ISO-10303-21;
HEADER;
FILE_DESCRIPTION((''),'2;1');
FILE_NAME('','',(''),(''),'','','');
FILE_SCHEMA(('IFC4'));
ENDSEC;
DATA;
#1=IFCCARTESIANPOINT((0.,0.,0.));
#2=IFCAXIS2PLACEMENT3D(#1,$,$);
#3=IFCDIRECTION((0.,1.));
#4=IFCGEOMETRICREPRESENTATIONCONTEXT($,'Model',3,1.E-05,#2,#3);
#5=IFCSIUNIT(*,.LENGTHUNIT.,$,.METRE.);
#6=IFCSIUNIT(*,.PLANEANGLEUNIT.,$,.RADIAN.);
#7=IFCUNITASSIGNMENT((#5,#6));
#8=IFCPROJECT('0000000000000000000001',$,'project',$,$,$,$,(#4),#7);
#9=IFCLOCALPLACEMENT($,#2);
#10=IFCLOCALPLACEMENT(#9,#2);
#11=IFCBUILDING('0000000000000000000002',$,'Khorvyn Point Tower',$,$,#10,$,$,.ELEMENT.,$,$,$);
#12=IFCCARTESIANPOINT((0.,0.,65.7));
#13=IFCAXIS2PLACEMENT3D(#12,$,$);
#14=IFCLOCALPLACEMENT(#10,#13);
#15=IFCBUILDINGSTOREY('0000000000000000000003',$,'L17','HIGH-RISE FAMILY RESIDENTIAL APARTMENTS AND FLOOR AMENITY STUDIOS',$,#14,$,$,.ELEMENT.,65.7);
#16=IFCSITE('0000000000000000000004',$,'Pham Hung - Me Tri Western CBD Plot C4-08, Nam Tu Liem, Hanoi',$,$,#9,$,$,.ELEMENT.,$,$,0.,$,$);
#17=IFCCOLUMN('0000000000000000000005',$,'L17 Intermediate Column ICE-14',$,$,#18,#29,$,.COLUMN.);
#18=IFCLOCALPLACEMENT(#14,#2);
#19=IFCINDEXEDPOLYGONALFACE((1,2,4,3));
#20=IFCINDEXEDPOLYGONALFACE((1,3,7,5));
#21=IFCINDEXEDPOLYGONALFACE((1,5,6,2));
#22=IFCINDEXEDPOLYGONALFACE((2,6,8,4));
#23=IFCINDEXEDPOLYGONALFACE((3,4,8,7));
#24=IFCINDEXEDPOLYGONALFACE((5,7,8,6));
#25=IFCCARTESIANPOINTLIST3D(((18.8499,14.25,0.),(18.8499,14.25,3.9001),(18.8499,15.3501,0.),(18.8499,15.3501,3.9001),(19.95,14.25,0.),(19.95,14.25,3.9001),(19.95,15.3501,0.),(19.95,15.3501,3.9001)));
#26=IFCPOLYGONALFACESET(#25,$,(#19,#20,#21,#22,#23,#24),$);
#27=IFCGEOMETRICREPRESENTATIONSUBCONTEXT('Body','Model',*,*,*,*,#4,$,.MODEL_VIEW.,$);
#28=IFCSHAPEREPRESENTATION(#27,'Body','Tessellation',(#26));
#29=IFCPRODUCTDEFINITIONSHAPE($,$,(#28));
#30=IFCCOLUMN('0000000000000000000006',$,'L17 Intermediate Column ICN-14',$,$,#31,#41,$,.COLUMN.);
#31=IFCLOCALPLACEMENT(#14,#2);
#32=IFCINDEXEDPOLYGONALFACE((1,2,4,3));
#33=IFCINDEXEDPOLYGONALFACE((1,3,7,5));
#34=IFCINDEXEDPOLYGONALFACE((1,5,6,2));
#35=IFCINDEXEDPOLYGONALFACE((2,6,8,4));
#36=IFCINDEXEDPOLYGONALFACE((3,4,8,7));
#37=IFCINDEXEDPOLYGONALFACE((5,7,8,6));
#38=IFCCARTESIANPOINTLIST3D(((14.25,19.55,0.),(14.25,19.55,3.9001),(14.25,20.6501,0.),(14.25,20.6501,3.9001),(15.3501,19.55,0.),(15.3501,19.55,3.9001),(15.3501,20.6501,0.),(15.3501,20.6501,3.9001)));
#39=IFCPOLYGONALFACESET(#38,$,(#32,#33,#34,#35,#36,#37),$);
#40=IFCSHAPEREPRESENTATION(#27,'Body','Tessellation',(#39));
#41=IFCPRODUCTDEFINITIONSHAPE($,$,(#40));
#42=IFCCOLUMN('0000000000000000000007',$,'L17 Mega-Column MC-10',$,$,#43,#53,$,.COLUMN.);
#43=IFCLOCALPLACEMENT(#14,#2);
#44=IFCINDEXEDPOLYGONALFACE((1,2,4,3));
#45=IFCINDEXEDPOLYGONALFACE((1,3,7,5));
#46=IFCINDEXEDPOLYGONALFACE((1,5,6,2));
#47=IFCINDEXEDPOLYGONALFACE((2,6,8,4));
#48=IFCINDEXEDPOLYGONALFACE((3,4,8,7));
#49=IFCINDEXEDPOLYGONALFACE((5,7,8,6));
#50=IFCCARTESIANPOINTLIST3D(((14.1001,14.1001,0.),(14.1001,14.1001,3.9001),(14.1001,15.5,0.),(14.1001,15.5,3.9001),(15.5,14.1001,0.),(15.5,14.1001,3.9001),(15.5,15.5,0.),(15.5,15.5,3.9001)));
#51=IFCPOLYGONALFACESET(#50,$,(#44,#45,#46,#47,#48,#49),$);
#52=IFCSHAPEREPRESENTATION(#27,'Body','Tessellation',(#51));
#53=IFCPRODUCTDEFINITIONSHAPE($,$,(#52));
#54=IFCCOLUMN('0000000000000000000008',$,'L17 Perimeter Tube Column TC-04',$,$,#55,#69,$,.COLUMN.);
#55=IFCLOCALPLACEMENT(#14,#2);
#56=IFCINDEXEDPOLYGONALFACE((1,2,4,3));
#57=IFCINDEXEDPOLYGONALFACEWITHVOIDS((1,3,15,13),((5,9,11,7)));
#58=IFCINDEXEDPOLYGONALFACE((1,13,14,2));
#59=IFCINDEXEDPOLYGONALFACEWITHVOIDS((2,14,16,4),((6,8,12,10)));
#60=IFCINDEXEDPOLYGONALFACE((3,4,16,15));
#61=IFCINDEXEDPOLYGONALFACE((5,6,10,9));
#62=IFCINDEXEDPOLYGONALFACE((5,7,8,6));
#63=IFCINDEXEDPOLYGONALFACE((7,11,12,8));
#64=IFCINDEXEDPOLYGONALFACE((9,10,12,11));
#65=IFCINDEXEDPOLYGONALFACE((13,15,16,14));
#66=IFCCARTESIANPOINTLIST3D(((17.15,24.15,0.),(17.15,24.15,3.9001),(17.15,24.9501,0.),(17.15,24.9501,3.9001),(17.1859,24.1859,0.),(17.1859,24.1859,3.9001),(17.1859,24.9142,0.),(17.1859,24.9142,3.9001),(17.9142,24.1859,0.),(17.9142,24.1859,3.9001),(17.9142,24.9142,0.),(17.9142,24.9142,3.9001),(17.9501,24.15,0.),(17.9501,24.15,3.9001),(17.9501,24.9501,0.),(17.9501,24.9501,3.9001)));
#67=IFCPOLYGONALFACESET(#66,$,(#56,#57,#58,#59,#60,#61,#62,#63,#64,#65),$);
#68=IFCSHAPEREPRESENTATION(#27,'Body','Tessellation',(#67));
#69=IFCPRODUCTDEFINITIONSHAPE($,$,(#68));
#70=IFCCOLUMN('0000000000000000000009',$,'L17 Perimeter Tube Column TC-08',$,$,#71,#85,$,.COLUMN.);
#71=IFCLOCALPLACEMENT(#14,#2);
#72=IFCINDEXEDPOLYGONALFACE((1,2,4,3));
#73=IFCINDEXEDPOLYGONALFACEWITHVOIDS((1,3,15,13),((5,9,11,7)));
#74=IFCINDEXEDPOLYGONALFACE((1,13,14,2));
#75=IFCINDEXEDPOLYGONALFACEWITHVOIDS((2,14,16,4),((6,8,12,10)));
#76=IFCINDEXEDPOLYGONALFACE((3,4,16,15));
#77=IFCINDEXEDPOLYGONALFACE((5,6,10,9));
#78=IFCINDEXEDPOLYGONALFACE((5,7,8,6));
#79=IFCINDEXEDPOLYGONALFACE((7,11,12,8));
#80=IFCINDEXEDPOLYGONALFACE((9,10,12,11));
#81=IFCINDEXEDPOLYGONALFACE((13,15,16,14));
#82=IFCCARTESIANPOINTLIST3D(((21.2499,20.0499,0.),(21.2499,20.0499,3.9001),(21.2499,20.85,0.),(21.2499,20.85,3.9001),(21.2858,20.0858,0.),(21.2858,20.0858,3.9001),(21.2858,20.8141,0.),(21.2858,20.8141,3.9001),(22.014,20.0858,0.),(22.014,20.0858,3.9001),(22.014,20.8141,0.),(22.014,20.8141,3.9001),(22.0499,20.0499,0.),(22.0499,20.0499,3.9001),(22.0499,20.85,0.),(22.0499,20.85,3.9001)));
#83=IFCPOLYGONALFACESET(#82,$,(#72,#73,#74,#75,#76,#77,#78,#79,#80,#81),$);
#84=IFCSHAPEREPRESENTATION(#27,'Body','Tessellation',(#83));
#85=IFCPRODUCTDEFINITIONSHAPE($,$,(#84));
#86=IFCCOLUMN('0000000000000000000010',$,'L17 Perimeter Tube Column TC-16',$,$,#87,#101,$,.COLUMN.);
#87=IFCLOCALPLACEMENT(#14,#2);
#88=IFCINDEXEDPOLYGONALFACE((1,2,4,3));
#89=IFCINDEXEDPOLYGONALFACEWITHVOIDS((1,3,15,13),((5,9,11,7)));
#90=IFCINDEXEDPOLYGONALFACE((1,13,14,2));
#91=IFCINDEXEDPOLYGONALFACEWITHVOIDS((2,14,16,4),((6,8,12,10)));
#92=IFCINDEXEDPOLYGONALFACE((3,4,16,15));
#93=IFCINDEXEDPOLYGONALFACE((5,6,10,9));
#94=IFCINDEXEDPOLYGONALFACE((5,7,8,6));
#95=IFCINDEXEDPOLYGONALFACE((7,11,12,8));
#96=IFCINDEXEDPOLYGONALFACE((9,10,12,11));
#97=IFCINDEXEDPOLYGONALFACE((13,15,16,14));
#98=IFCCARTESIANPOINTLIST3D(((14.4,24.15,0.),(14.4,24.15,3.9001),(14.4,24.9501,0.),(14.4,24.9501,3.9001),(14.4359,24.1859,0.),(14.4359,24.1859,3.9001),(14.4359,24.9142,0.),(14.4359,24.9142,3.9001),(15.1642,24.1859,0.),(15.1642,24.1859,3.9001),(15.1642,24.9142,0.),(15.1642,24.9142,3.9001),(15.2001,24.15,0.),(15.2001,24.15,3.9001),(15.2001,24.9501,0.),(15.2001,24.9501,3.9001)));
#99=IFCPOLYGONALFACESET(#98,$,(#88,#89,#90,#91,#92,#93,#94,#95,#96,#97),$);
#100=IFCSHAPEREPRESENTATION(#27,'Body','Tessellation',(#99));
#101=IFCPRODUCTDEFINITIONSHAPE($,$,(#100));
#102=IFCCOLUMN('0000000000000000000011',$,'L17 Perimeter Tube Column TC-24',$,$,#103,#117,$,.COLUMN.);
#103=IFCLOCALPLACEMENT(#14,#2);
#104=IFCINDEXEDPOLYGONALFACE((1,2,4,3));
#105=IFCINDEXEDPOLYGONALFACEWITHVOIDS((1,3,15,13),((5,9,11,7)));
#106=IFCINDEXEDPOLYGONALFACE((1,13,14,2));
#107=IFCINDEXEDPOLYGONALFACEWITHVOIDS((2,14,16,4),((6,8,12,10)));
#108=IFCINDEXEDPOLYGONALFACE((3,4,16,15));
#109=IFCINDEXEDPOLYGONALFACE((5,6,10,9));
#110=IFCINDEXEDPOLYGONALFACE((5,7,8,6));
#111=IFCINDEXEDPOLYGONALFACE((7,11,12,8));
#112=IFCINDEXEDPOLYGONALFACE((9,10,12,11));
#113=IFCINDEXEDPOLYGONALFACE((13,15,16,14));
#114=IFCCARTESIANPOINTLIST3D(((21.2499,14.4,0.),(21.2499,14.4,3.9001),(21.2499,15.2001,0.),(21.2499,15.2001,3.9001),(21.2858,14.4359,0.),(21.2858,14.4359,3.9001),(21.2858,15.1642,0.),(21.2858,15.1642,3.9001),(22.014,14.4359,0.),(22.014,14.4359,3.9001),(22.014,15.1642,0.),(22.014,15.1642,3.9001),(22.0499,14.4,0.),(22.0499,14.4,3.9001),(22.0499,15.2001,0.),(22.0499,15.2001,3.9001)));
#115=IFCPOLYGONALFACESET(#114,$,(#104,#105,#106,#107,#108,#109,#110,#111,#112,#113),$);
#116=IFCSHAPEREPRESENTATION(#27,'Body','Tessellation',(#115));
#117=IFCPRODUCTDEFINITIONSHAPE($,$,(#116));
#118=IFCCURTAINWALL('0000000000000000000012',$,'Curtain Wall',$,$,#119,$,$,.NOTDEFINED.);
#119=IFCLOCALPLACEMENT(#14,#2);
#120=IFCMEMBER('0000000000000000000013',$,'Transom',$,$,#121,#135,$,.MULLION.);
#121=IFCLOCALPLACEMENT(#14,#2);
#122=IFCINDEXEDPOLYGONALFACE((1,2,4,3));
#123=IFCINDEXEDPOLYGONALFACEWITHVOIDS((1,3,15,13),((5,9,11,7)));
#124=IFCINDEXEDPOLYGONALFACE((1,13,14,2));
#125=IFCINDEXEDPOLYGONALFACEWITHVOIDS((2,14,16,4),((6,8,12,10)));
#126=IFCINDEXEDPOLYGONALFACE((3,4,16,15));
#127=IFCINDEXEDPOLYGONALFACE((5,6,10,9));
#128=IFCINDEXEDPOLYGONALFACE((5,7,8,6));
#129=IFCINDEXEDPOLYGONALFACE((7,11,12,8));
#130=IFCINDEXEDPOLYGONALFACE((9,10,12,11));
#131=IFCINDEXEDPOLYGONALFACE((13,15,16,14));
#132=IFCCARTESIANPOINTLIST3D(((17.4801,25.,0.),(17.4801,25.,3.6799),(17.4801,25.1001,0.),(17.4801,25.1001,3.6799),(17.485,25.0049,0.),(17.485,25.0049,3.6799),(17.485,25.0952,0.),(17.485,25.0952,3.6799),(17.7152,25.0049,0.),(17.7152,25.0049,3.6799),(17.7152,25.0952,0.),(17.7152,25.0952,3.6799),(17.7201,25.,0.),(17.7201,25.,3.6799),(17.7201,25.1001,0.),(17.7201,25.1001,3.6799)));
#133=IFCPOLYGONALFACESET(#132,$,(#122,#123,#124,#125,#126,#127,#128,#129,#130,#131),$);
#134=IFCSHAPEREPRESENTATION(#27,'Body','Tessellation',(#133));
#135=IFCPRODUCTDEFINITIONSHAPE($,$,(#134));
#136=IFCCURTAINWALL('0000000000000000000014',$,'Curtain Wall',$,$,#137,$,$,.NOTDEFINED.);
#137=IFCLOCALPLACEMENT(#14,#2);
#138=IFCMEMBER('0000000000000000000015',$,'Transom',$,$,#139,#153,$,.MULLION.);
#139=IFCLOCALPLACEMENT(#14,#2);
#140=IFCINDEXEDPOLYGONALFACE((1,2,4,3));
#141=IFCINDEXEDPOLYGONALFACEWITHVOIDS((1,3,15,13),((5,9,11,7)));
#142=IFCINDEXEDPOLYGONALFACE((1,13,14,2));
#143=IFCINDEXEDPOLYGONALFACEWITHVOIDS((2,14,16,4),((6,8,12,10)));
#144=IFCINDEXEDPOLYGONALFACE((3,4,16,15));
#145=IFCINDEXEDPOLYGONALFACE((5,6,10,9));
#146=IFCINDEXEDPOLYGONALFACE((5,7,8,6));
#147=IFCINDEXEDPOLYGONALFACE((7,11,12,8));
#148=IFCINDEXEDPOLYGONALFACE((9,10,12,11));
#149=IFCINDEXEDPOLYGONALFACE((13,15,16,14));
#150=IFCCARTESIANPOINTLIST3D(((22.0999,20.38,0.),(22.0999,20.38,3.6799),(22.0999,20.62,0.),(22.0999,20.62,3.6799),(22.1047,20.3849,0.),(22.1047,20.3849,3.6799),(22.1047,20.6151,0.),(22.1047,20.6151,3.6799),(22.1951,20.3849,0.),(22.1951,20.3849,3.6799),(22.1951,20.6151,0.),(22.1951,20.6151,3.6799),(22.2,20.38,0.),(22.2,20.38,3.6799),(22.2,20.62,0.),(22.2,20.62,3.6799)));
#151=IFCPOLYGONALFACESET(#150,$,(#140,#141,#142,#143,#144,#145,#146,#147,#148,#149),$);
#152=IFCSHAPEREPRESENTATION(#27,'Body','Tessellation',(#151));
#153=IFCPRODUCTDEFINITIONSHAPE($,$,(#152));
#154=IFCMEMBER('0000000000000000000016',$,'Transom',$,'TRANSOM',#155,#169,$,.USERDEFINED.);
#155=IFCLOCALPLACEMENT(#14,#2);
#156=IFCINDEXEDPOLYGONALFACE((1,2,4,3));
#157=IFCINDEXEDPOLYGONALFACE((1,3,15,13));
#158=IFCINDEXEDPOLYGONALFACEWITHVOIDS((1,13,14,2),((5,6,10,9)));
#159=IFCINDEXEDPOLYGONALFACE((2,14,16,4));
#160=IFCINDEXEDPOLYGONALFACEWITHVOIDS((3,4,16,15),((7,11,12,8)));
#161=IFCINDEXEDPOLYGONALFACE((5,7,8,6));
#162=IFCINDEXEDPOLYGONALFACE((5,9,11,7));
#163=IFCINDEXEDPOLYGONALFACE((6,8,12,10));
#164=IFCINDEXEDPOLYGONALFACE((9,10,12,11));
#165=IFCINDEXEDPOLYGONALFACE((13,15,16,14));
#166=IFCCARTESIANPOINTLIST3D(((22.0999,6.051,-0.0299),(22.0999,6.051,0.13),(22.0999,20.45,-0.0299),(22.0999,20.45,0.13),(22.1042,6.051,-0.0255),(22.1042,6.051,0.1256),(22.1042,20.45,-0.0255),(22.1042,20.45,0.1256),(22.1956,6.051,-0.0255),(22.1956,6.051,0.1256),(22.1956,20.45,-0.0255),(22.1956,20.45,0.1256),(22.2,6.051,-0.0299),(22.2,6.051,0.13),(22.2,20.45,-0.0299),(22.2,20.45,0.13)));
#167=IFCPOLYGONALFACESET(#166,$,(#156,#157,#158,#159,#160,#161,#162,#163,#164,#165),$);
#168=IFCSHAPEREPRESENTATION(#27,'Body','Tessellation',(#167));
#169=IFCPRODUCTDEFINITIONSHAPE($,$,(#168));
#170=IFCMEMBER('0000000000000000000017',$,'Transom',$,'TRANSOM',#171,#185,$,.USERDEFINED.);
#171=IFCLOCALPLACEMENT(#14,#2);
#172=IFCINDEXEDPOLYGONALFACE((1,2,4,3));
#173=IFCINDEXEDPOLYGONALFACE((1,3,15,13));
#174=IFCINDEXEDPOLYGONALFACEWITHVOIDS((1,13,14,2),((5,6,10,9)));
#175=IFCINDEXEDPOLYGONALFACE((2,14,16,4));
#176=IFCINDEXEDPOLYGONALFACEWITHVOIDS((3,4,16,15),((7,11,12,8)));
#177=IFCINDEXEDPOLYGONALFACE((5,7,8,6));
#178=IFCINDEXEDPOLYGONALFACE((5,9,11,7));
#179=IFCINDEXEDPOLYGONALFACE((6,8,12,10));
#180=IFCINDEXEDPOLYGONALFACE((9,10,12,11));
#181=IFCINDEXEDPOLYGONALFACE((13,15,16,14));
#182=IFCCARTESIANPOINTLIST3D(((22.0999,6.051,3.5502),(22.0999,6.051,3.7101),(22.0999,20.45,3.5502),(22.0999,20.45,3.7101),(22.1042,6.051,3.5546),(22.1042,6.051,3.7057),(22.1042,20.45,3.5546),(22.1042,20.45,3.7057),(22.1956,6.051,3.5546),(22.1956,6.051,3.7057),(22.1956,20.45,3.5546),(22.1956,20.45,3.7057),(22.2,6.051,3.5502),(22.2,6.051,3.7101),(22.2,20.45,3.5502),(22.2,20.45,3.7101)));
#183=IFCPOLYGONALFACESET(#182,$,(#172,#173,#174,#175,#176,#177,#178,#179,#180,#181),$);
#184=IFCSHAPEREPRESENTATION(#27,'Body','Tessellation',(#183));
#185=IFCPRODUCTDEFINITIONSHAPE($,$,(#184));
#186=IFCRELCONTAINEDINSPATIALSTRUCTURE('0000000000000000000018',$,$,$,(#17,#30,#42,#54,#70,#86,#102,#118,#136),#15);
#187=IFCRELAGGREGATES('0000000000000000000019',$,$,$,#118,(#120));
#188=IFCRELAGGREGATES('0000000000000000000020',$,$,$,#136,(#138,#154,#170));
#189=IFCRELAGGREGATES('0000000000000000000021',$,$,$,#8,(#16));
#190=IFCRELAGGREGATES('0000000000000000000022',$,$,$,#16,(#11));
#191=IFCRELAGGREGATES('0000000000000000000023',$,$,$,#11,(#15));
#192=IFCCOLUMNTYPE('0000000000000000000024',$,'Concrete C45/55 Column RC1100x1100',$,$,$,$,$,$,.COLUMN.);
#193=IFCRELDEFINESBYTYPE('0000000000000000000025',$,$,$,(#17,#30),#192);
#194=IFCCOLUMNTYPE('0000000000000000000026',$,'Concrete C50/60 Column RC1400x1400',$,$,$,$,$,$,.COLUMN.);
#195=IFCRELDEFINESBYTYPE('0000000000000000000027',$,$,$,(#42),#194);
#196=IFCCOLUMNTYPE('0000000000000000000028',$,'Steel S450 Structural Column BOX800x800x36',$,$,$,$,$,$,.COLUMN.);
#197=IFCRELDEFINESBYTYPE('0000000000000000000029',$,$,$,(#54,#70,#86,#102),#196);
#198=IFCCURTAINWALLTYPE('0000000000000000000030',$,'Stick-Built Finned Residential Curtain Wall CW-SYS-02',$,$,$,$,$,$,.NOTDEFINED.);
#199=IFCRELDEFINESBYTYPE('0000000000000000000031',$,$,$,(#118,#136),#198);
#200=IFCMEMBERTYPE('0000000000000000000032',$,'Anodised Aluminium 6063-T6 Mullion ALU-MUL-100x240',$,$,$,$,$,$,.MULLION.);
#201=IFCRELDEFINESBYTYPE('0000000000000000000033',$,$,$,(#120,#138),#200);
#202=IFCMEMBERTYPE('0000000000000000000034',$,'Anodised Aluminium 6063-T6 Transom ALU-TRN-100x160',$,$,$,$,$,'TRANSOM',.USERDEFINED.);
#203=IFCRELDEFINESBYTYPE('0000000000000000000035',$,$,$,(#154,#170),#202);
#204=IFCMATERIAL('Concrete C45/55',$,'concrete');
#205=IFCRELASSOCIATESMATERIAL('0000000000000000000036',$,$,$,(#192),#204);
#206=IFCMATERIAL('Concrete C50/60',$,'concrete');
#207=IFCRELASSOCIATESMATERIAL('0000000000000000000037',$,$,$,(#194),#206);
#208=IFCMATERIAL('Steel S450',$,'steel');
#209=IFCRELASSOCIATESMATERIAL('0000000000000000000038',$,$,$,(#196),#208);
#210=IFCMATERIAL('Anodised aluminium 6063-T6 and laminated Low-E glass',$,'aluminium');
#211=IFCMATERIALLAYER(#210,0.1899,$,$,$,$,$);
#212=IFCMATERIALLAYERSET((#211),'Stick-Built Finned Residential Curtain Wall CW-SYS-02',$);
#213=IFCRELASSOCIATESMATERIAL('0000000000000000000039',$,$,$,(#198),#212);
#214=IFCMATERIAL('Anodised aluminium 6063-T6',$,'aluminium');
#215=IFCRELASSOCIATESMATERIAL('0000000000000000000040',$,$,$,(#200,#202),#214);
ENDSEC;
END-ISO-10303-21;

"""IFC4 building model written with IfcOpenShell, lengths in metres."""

from ifc_helpers import new_model, si_unit, direction, frame, origin, origin_2d, place, context, subcontext, project, spatial, rectangle, hollow_rectangle, extrude, material, layer, layer_set, material_profile, profile_set, type_object, element, aggregate, save


model = new_model("IFC4")

# Units and contexts
model_context = context("Model", 3, precision=1e-05, world=origin(), true_north=direction((0.0, 1.0)))
body_context = subcontext(model_context, "Body", "Model", "MODEL_VIEW")
ifc_project = project(units=[si_unit("LENGTHUNIT", "METRE"), si_unit("PLANEANGLEUNIT", "RADIAN")], contexts=[model_context])

# Site, building, storey
site_placement = place(None, origin())
site = spatial("IfcSite", under=ifc_project, at=site_placement, Name="Pham Hung - Me Tri Western CBD Plot C4-08, Nam Tu Liem, Hanoi", CompositionType="ELEMENT", RefElevation=0.0)
building_placement = place(site_placement, origin())
building = spatial("IfcBuilding", under=site, at=building_placement, Name="Khorvyn Point Tower", CompositionType="ELEMENT")
storey_placement = place(building_placement, frame((0.0, 0.0, 65.7)))
storey = spatial("IfcBuildingStorey", under=building, at=storey_placement, Name="L17", Description="HIGH-RISE FAMILY RESIDENTIAL APARTMENTS AND FLOOR AMENITY STUDIOS", CompositionType="ELEMENT", Elevation=65.7)

# Columns
ifc_material_1 = material(Name="Concrete C45/55", Category="concrete")
ifc_material_profile_1 = material_profile(ifc_material_1, rectangle(XDim=1.1001, YDim=1.1001, at=origin_2d()))
ifc_profile_set_1 = profile_set([ifc_material_profile_1], Name="Concrete C45/55 RC1100x1100")
column_type_1 = type_object("IfcColumnType", Name="Concrete C45/55 Column RC1100x1100", PredefinedType="COLUMN", material=ifc_profile_set_1)
for number, where, z_axis, x_axis, name in (
    (1, (19.3999, 14.8, 0.0), (0.0, 0.0, 1.0), (1.0, 0.0, 0.0), "L17 Intermediate Column ICE-14"),
    (2, (14.8, 20.1001, 0.0), (0.0, 0.0, 1.0), (1.0, 0.0, 0.0), "L17 Intermediate Column ICN-14"),
):
    element("IfcColumn", number, at=place(storey_placement, frame(where, z_axis=z_axis, x_axis=x_axis)), inside=storey, type_object=column_type_1, Name=name, PredefinedType="COLUMN", context=body_context, shape_type="SweptSolid", body=[
        extrude(rectangle(XDim=1.1001, YDim=1.1001, at=origin_2d()), origin(), (0.0, 0.0, 1.0), 3.9001),
    ])
ifc_material_2 = material(Name="Concrete C50/60", Category="concrete")
ifc_material_profile_2 = material_profile(ifc_material_2, rectangle(XDim=1.3999, YDim=1.3999, at=origin_2d()))
ifc_profile_set_2 = profile_set([ifc_material_profile_2], Name="Concrete C50/60 RC1400x1400")
column_type_2 = type_object("IfcColumnType", Name="Concrete C50/60 Column RC1400x1400", PredefinedType="COLUMN", material=ifc_profile_set_2)
column_placement = place(storey_placement, frame((14.8, 14.8, 0.0), z_axis=(0.0, 0.0, 1.0), x_axis=(1.0, 0.0, 0.0)))
element("IfcColumn", 3, at=column_placement, inside=storey, type_object=column_type_2, Name="L17 Mega-Column MC-10", PredefinedType="COLUMN", context=body_context, shape_type="SweptSolid", body=[
    extrude(rectangle(XDim=1.3999, YDim=1.3999, at=origin_2d()), origin(), (0.0, 0.0, 1.0), 3.9001),
])
ifc_material_3 = material(Name="Steel S450", Category="steel")
ifc_material_profile_3 = material_profile(ifc_material_3, hollow_rectangle(XDim=0.8, YDim=0.8, WallThickness=0.0359, at=origin_2d()))
ifc_profile_set_3 = profile_set([ifc_material_profile_3], Name="Steel S450 BOX800x800x36")
column_type_3 = type_object("IfcColumnType", Name="Steel S450 Structural Column BOX800x800x36", PredefinedType="COLUMN", material=ifc_profile_set_3)
for number, where, z_axis, x_axis, name in (
    (4, (17.55, 24.55, 0.0), (0.0, 0.0, 1.0), (1.0, 0.0, 0.0), "L17 Perimeter Tube Column TC-04"),
    (5, (21.6499, 20.45, 0.0), (0.0, 0.0, 1.0), (1.0, 0.0, 0.0), "L17 Perimeter Tube Column TC-08"),
    (6, (14.8, 24.55, 0.0), (0.0, 0.0, 1.0), (1.0, 0.0, 0.0), "L17 Perimeter Tube Column TC-16"),
    (7, (21.6499, 14.8, 0.0), (0.0, 0.0, 1.0), (1.0, 0.0, 0.0), "L17 Perimeter Tube Column TC-24"),
):
    element("IfcColumn", number, at=place(storey_placement, frame(where, z_axis=z_axis, x_axis=x_axis)), inside=storey, type_object=column_type_3, Name=name, PredefinedType="COLUMN", context=body_context, shape_type="SweptSolid", body=[
        extrude(hollow_rectangle(XDim=0.8, YDim=0.8, WallThickness=0.0359, at=origin_2d()), origin(), (0.0, 0.0, 1.0), 3.9001),
    ])

# Curtain wall, member
ifc_material_4 = material(Name="Anodised aluminium 6063-T6 and laminated Low-E glass", Category="aluminium")
ifc_layer_1 = layer(ifc_material_4, 0.1899)
ifc_layer_set_1 = layer_set([ifc_layer_1], Name="Stick-Built Finned Residential Curtain Wall CW-SYS-02")
curtain_wall_type = type_object("IfcCurtainWallType", Name="Stick-Built Finned Residential Curtain Wall CW-SYS-02", PredefinedType="NOTDEFINED", material=ifc_layer_set_1)
curtain_wall_1_placement = place(storey_placement, origin())
curtain_wall_1 = element("IfcCurtainWall", 8, at=curtain_wall_1_placement, inside=storey, type_object=curtain_wall_type, Name="Curtain Wall", PredefinedType="NOTDEFINED")
ifc_material_5 = material(Name="Anodised aluminium 6063-T6", Category="aluminium")
ifc_material_profile_4 = material_profile(ifc_material_5, hollow_rectangle(XDim=0.1001, YDim=0.24, WallThickness=0.0049, at=origin_2d()))
ifc_profile_set_4 = profile_set([ifc_material_profile_4], Name="Anodised aluminium 6063-T6 ALU-MUL-100x240")
member_type_1 = type_object("IfcMemberType", Name="Anodised Aluminium 6063-T6 Mullion ALU-MUL-100x240", PredefinedType="MULLION", material=ifc_profile_set_4)
member_1_placement = place(storey_placement, frame((17.6001, 25.05, 0.0), z_axis=(0.0, 0.0, 1.0), x_axis=(0.0, 1.0, 0.0)))
member_1 = element("IfcMember", 9, at=member_1_placement, type_object=member_type_1, Name="Transom", PredefinedType="MULLION", context=body_context, shape_type="SweptSolid", body=[
    extrude(hollow_rectangle(XDim=0.1001, YDim=0.24, WallThickness=0.0049, at=origin_2d()), origin(), (0.0, 0.0, 1.0), 3.6799),
])

# Curtain wall, members
curtain_wall_2_placement = place(storey_placement, origin())
curtain_wall_2 = element("IfcCurtainWall", 10, at=curtain_wall_2_placement, inside=storey, type_object=curtain_wall_type, Name="Curtain Wall", PredefinedType="NOTDEFINED")
member_2_placement = place(storey_placement, frame((22.1499, 20.5, 0.0), z_axis=(0.0, 0.0, 1.0), x_axis=(1.0, 0.0, 0.0)))
member_2 = element("IfcMember", 11, at=member_2_placement, type_object=member_type_1, Name="Transom", PredefinedType="MULLION", context=body_context, shape_type="SweptSolid", body=[
    extrude(hollow_rectangle(XDim=0.1001, YDim=0.24, WallThickness=0.0049, at=origin_2d()), origin(), (0.0, 0.0, 1.0), 3.6799),
])
ifc_material_profile_5 = material_profile(ifc_material_5, hollow_rectangle(XDim=0.1001, YDim=0.1599, WallThickness=0.0044, at=origin_2d()))
ifc_profile_set_5 = profile_set([ifc_material_profile_5], Name="Anodised aluminium 6063-T6 ALU-TRN-100x160")
member_type_2 = type_object("IfcMemberType", Name="Anodised Aluminium 6063-T6 Transom ALU-TRN-100x160", ElementType="TRANSOM", PredefinedType="USERDEFINED", material=ifc_profile_set_5)
member_3_placement = place(storey_placement, frame((22.1499, 20.45, 0.05), z_axis=(0.0, -1.0, 0.0), x_axis=(1.0, 0.0, 0.0)))
member_3 = element("IfcMember", 12, at=member_3_placement, type_object=member_type_2, Name="Transom", ObjectType="TRANSOM", PredefinedType="USERDEFINED", context=body_context, shape_type="SweptSolid", body=[
    extrude(hollow_rectangle(XDim=0.1001, YDim=0.1599, WallThickness=0.0044, at=origin_2d()), origin(), (0.0, 0.0, 1.0), 14.3989),
])
member_4_placement = place(storey_placement, frame((22.1499, 20.45, 3.6301), z_axis=(0.0, -1.0, 0.0), x_axis=(1.0, 0.0, 0.0)))
member_4 = element("IfcMember", 13, at=member_4_placement, type_object=member_type_2, Name="Transom", ObjectType="TRANSOM", PredefinedType="USERDEFINED", context=body_context, shape_type="SweptSolid", body=[
    extrude(hollow_rectangle(XDim=0.1001, YDim=0.1599, WallThickness=0.0044, at=origin_2d()), origin(), (0.0, 0.0, 1.0), 14.3989),
])

aggregate(curtain_wall_1, [member_1])
aggregate(curtain_wall_2, [member_2, member_3, member_4])

save(model, "model.ifc")
